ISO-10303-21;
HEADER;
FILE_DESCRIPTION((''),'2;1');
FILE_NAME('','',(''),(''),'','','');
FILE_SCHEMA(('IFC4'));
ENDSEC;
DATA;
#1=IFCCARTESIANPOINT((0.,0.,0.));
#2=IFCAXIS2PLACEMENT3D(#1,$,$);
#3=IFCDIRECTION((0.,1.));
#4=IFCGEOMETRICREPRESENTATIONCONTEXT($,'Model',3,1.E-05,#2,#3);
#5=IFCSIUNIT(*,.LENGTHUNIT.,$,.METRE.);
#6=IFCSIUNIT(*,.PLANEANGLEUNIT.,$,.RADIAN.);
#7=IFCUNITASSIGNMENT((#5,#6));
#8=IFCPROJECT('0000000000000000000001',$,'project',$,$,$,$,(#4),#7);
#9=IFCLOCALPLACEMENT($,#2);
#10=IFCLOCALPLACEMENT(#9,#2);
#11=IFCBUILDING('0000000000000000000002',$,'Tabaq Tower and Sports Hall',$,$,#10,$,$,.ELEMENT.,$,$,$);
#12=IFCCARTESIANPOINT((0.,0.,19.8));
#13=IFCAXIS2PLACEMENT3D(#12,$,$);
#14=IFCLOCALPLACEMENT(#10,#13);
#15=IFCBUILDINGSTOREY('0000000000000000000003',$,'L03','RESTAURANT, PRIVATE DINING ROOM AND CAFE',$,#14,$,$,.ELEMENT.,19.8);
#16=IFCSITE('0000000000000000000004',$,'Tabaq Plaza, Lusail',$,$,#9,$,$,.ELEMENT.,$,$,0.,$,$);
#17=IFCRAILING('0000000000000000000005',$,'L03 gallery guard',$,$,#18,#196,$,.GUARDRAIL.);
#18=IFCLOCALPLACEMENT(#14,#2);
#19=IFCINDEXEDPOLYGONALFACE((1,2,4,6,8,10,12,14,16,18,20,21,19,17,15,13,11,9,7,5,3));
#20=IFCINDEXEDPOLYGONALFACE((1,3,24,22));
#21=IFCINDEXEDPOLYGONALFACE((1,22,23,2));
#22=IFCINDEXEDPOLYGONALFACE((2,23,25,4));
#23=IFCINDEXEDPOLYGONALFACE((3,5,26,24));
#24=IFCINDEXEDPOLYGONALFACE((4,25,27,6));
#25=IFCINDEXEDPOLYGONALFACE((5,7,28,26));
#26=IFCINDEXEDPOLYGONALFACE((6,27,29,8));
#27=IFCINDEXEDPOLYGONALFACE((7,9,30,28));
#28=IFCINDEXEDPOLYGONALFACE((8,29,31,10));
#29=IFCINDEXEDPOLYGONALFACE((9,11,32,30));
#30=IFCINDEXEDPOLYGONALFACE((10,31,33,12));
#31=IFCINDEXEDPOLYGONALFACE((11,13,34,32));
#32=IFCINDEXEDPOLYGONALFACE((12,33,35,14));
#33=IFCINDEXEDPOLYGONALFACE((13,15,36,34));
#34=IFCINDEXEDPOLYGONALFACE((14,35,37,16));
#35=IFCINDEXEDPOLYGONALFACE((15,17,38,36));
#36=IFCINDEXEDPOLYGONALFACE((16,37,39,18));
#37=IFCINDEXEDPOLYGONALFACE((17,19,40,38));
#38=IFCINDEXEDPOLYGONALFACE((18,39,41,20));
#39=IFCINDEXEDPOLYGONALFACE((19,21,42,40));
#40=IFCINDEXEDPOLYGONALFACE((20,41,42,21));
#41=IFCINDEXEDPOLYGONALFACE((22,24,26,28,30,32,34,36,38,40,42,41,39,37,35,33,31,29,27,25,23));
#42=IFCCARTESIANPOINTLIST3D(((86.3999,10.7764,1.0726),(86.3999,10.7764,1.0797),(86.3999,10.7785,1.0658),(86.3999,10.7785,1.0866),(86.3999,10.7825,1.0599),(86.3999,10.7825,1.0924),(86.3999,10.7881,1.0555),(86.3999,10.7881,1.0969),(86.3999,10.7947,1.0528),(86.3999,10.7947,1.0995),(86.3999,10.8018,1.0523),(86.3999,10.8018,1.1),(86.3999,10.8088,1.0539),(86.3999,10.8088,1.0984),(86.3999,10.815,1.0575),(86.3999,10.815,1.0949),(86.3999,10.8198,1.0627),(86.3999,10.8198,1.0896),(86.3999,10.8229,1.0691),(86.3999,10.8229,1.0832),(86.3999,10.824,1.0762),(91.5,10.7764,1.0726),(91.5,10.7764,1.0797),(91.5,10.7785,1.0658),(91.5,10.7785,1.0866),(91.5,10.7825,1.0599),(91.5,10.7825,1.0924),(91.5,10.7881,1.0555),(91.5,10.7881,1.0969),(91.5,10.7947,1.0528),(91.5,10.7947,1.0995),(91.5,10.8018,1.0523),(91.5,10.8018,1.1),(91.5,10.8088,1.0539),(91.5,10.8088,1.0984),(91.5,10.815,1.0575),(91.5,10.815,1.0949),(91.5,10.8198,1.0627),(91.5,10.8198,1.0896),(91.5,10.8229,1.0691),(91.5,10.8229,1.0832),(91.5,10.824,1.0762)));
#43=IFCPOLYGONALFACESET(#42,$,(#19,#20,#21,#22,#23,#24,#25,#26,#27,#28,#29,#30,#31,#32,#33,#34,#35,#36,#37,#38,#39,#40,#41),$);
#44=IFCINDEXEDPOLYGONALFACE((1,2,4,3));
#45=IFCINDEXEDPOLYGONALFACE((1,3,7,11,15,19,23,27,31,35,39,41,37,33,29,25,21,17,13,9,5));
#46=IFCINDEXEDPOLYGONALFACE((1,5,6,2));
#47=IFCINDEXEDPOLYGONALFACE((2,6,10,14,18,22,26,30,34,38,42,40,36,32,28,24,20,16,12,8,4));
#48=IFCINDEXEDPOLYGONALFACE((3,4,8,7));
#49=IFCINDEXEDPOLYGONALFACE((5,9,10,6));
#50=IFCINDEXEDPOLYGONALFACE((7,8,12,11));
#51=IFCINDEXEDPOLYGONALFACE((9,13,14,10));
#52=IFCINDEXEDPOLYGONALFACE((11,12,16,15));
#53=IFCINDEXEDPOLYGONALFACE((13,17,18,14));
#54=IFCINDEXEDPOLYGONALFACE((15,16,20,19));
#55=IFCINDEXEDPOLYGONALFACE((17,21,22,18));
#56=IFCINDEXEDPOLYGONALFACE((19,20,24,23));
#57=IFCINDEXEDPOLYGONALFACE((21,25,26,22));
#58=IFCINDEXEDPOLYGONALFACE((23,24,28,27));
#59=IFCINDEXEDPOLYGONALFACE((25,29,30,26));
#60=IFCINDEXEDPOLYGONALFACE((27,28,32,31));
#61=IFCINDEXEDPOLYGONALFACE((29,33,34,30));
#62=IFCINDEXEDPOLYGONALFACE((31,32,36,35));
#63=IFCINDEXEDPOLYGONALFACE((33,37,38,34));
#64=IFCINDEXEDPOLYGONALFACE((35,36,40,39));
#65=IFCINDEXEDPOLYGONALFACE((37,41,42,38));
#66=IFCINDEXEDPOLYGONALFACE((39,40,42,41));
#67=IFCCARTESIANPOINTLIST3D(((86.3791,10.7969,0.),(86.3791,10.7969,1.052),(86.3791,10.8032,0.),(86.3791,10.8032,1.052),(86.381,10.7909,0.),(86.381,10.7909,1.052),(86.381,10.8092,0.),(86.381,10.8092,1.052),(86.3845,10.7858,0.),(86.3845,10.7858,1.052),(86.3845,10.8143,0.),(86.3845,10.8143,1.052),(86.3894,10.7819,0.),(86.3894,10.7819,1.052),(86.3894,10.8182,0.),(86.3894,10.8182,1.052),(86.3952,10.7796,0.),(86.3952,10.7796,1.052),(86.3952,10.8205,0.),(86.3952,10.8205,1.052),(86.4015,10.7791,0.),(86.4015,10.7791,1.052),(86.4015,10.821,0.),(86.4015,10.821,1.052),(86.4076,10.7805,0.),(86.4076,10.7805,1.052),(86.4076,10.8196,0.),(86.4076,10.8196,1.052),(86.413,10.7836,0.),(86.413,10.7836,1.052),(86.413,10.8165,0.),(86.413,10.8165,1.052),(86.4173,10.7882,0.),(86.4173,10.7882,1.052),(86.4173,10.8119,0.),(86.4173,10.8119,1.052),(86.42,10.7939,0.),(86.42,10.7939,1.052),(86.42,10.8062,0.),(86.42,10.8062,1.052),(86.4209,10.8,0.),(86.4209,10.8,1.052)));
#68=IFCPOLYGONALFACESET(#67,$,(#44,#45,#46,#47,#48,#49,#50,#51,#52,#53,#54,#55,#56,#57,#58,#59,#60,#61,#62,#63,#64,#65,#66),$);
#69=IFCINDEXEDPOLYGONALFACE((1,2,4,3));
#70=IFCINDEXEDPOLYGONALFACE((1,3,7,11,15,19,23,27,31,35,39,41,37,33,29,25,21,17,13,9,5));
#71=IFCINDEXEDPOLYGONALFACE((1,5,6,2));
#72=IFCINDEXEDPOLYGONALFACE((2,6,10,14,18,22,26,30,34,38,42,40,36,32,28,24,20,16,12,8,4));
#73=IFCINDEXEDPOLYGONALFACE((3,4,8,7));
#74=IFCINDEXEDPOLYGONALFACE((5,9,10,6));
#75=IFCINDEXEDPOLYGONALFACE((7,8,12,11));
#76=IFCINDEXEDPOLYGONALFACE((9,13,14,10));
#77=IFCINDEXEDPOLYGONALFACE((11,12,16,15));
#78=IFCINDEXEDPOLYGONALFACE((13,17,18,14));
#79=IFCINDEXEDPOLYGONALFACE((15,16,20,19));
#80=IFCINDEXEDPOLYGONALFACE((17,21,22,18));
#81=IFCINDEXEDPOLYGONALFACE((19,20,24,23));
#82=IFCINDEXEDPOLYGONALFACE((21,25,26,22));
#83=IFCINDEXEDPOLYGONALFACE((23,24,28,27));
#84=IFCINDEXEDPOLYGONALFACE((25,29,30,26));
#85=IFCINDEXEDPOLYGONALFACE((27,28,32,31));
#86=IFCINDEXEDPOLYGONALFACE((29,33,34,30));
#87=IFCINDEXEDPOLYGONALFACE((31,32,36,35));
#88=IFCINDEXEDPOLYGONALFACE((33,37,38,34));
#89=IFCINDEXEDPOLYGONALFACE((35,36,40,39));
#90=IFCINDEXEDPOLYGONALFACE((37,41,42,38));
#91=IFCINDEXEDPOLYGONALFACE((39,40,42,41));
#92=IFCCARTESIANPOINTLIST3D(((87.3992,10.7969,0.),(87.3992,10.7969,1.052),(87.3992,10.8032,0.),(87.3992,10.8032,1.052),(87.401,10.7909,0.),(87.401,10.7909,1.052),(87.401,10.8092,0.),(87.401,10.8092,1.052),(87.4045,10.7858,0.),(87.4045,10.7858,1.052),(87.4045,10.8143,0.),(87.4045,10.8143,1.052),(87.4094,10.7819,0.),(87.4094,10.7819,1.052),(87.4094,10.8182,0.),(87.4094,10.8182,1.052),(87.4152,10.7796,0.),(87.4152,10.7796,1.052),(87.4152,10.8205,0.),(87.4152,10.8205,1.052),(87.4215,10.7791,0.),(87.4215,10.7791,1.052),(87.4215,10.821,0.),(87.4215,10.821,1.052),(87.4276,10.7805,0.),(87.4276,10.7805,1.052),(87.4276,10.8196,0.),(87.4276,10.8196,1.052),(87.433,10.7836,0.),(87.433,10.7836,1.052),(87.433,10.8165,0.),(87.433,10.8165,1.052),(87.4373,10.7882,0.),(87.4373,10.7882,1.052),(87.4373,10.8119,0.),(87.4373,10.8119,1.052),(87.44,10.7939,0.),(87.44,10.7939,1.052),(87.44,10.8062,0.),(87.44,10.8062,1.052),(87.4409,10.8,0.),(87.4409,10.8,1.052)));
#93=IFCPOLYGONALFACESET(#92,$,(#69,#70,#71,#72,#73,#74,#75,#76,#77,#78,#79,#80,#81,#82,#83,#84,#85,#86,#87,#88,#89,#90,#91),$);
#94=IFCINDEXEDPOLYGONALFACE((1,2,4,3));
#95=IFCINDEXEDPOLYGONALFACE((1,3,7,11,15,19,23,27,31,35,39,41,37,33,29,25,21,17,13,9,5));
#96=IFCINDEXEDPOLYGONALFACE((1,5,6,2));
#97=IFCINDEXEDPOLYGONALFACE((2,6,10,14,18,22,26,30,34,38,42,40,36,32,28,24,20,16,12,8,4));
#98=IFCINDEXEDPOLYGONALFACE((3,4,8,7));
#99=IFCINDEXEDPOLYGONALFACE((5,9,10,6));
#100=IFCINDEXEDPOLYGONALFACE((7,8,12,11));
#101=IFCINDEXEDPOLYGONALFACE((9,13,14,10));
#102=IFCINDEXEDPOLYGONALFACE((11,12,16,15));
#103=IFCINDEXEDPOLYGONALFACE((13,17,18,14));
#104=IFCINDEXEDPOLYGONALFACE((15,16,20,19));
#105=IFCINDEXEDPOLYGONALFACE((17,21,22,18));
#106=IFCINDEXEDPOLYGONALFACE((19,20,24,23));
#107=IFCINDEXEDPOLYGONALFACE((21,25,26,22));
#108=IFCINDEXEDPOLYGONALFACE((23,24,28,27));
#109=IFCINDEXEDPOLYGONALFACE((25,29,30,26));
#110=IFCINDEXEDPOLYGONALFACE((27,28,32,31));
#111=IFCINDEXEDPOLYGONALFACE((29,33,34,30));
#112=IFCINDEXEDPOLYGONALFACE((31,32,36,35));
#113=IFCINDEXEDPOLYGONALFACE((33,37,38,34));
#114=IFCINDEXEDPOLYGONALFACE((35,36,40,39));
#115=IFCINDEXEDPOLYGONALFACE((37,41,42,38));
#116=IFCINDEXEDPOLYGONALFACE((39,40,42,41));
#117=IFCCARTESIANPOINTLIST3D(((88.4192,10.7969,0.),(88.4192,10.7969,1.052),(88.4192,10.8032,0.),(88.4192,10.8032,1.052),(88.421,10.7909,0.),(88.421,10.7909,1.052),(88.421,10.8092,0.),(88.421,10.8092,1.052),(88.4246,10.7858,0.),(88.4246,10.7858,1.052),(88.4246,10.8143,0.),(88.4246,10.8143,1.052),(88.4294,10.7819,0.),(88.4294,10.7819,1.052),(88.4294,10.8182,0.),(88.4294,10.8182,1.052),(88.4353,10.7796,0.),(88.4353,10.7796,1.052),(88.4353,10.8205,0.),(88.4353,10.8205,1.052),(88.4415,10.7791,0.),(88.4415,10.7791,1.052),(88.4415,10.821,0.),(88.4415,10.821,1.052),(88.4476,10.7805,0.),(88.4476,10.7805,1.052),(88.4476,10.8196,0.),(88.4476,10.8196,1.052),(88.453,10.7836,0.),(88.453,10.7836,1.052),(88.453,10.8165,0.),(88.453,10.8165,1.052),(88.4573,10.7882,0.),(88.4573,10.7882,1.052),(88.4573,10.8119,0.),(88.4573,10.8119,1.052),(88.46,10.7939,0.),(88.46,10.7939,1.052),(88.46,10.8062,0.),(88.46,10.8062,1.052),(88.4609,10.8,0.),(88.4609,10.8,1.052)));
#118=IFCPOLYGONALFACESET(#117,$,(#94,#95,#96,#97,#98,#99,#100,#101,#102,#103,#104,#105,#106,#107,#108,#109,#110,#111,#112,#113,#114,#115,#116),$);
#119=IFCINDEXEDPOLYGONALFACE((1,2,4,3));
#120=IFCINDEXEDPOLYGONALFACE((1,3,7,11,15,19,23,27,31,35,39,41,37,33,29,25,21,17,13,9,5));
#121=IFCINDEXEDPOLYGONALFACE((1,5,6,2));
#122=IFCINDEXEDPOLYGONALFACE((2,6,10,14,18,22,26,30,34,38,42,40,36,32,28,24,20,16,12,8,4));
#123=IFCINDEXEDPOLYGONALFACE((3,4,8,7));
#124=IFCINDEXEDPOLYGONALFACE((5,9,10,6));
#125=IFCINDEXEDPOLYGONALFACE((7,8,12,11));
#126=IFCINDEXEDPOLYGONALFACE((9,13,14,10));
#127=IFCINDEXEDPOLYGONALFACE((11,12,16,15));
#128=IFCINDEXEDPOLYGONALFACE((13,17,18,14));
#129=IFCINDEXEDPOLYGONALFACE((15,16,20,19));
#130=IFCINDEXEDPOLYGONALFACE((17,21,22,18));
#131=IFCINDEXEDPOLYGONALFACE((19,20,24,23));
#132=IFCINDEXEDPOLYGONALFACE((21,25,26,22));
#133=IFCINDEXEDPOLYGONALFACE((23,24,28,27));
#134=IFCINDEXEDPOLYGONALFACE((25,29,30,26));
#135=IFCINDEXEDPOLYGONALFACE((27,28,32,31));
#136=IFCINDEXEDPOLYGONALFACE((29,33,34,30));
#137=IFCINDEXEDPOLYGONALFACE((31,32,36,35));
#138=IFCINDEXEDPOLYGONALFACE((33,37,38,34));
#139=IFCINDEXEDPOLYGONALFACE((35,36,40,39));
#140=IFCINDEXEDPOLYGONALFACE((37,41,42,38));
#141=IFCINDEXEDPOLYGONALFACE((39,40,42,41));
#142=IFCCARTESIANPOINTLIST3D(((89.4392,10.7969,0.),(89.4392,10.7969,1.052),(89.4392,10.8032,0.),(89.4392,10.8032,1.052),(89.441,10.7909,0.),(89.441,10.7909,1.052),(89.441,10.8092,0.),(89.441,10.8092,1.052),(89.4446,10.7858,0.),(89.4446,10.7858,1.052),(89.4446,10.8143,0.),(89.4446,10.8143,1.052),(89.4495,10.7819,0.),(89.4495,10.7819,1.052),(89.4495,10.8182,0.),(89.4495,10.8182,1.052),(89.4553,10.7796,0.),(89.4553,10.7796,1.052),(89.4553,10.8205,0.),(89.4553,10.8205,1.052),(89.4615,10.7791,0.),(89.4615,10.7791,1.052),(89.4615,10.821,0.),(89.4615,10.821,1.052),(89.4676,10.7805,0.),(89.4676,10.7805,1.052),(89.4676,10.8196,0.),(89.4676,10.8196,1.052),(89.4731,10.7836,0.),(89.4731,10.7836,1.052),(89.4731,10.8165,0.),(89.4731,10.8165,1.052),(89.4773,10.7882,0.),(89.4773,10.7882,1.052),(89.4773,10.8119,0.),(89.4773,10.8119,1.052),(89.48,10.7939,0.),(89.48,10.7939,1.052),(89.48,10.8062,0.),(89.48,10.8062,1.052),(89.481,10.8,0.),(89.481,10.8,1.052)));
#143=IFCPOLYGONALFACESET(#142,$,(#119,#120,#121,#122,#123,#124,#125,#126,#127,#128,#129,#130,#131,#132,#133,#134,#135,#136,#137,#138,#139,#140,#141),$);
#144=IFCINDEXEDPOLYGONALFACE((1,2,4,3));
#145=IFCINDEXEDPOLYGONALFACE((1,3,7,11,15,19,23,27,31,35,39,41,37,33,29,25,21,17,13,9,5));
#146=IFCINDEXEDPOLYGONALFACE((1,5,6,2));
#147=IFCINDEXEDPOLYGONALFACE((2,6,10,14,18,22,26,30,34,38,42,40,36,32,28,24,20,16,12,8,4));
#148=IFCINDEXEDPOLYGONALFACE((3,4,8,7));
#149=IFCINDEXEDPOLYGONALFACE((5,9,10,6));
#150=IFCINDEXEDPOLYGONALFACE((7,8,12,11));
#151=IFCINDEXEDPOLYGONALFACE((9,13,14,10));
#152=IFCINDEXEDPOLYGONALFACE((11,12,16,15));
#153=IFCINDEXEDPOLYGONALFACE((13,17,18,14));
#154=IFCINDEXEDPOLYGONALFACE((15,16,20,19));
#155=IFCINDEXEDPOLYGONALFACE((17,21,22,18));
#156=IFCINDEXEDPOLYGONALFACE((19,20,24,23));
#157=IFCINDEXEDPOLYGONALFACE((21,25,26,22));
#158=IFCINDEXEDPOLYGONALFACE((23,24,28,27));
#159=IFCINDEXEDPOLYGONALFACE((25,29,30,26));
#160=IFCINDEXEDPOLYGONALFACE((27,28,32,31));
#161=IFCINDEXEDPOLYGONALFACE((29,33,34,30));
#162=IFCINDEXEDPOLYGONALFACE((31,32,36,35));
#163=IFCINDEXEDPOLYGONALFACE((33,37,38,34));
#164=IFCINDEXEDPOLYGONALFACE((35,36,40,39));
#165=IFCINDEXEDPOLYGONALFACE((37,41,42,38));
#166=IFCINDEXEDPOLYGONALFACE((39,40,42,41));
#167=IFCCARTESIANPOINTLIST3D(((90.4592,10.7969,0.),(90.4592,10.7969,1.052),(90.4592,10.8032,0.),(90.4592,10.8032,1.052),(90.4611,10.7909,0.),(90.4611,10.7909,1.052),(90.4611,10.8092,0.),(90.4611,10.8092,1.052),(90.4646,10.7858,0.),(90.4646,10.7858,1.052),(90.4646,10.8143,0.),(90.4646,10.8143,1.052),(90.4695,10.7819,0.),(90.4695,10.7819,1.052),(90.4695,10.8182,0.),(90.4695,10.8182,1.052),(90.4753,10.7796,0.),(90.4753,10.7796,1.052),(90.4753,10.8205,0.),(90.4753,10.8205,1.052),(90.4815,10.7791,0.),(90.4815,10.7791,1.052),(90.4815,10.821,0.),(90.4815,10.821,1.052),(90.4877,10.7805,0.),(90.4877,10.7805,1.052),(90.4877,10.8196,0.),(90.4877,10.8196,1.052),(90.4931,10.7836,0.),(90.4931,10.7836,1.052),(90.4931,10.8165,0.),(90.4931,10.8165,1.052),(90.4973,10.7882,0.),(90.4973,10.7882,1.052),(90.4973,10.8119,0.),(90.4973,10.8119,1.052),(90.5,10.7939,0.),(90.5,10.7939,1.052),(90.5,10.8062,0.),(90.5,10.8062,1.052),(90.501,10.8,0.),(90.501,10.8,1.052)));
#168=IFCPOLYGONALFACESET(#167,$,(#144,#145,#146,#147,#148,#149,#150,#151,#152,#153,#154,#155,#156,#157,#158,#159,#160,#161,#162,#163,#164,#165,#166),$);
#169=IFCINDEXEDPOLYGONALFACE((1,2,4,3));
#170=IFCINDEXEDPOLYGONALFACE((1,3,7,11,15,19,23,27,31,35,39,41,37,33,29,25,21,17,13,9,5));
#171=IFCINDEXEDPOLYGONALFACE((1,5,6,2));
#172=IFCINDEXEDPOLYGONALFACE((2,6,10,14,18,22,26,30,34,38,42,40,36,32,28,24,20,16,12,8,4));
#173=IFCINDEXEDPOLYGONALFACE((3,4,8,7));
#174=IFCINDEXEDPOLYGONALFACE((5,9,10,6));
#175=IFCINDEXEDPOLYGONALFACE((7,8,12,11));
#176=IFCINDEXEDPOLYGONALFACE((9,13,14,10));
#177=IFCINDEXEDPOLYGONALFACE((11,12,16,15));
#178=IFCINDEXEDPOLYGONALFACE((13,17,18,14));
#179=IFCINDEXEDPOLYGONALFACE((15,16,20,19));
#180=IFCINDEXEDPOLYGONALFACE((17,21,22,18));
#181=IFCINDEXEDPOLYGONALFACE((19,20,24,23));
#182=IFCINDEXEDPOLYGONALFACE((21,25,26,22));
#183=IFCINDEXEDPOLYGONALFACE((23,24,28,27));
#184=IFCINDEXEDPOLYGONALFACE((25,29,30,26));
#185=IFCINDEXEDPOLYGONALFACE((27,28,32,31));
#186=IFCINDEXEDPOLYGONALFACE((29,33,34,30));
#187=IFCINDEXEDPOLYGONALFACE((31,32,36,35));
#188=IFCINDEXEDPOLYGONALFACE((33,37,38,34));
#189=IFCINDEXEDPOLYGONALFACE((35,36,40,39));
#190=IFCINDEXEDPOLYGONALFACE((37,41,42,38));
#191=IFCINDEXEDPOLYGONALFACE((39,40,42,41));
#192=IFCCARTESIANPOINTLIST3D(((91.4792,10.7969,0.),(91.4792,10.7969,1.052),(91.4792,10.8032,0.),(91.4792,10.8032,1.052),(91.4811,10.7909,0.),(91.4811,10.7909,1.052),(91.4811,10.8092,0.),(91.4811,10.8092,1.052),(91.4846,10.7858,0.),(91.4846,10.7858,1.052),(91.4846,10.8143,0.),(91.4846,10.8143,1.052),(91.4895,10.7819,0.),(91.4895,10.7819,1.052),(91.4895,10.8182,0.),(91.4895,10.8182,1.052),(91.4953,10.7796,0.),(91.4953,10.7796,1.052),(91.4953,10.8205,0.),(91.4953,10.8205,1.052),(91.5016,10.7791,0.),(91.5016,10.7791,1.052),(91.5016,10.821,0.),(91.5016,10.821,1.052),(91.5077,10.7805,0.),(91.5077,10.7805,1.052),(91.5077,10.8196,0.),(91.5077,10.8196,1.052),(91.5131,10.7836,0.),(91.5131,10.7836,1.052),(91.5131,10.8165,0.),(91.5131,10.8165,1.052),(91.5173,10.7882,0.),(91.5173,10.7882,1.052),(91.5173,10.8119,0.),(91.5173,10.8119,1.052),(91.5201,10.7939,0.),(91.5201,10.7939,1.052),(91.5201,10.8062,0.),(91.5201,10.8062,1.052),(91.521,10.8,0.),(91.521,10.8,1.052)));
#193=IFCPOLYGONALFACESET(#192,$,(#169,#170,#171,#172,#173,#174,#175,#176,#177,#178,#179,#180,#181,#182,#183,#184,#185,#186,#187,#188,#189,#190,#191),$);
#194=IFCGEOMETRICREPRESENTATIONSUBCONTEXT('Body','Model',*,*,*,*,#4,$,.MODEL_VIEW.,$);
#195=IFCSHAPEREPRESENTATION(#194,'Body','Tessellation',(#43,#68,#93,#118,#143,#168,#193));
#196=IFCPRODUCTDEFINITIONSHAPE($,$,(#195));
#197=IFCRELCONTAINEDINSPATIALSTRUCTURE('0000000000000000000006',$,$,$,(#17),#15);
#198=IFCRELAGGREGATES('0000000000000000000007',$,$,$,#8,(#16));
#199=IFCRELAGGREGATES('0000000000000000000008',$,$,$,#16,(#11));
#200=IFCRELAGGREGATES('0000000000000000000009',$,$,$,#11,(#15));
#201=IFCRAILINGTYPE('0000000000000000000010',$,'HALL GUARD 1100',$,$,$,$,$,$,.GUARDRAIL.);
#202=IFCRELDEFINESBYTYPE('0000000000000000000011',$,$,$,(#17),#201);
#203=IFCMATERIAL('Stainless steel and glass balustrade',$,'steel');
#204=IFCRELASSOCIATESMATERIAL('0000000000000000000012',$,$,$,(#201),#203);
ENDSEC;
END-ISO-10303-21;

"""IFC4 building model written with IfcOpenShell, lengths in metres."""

from ifc_helpers import new_model, si_unit, direction, frame, origin, origin_2d, place, context, subcontext, project, spatial, circle, extrude, material, type_object, element, save


model = new_model("IFC4")

# Units and contexts
model_context = context("Model", 3, precision=1e-05, world=origin(), true_north=direction((0.0, 1.0)))
body_context = subcontext(model_context, "Body", "Model", "MODEL_VIEW")
ifc_project = project(units=[si_unit("LENGTHUNIT", "METRE"), si_unit("PLANEANGLEUNIT", "RADIAN")], contexts=[model_context])

# Site, building, storey
site_placement = place(None, origin())
site = spatial("IfcSite", under=ifc_project, at=site_placement, Name="Tabaq Plaza, Lusail", CompositionType="ELEMENT", RefElevation=0.0)
building_placement = place(site_placement, origin())
building = spatial("IfcBuilding", under=site, at=building_placement, Name="Tabaq Tower and Sports Hall", CompositionType="ELEMENT")
storey_placement = place(building_placement, frame((0.0, 0.0, 19.8)))
storey = spatial("IfcBuildingStorey", under=building, at=storey_placement, Name="L03", Description="RESTAURANT, PRIVATE DINING ROOM AND CAFE", CompositionType="ELEMENT", Elevation=19.8)

# Railing
ifc_material_1 = material(Name="Stainless steel and glass balustrade", Category="steel")
railing_type = type_object("IfcRailingType", Name="HALL GUARD 1100", PredefinedType="GUARDRAIL", material=ifc_material_1)
railing_1_placement = place(storey_placement, frame((86.3999, 10.8, 0.0)))
element("IfcRailing", 1, at=railing_1_placement, inside=storey, type_object=railing_type, Name="L03 gallery guard", PredefinedType="GUARDRAIL", context=body_context, shape_type="SweptSolid", body=[
    extrude(circle(Radius=0.0239, at=origin_2d()), frame((0.0, 0.0, 1.0762), z_axis=(1.0, 0.0, 0.0), x_axis=(0.0, 1.0, 0.0)), (0.0, 0.0, 1.0), 5.1001),
    extrude(circle(Radius=0.021, at=origin_2d()), origin(), (0.0, 0.0, 1.0), 1.052),
    extrude(circle(Radius=0.021, at=origin_2d()), frame((1.02, 0.0, 0.0)), (0.0, 0.0, 1.0), 1.052),
    extrude(circle(Radius=0.021, at=origin_2d()), frame((2.04, 0.0, 0.0)), (0.0, 0.0, 1.0), 1.052),
    extrude(circle(Radius=0.021, at=origin_2d()), frame((3.0601, 0.0, 0.0)), (0.0, 0.0, 1.0), 1.052),
    extrude(circle(Radius=0.021, at=origin_2d()), frame((4.0801, 0.0, 0.0)), (0.0, 0.0, 1.0), 1.052),
    extrude(circle(Radius=0.021, at=origin_2d()), frame((5.1001, 0.0, 0.0)), (0.0, 0.0, 1.0), 1.052),
])

save(model, "model.ifc")
